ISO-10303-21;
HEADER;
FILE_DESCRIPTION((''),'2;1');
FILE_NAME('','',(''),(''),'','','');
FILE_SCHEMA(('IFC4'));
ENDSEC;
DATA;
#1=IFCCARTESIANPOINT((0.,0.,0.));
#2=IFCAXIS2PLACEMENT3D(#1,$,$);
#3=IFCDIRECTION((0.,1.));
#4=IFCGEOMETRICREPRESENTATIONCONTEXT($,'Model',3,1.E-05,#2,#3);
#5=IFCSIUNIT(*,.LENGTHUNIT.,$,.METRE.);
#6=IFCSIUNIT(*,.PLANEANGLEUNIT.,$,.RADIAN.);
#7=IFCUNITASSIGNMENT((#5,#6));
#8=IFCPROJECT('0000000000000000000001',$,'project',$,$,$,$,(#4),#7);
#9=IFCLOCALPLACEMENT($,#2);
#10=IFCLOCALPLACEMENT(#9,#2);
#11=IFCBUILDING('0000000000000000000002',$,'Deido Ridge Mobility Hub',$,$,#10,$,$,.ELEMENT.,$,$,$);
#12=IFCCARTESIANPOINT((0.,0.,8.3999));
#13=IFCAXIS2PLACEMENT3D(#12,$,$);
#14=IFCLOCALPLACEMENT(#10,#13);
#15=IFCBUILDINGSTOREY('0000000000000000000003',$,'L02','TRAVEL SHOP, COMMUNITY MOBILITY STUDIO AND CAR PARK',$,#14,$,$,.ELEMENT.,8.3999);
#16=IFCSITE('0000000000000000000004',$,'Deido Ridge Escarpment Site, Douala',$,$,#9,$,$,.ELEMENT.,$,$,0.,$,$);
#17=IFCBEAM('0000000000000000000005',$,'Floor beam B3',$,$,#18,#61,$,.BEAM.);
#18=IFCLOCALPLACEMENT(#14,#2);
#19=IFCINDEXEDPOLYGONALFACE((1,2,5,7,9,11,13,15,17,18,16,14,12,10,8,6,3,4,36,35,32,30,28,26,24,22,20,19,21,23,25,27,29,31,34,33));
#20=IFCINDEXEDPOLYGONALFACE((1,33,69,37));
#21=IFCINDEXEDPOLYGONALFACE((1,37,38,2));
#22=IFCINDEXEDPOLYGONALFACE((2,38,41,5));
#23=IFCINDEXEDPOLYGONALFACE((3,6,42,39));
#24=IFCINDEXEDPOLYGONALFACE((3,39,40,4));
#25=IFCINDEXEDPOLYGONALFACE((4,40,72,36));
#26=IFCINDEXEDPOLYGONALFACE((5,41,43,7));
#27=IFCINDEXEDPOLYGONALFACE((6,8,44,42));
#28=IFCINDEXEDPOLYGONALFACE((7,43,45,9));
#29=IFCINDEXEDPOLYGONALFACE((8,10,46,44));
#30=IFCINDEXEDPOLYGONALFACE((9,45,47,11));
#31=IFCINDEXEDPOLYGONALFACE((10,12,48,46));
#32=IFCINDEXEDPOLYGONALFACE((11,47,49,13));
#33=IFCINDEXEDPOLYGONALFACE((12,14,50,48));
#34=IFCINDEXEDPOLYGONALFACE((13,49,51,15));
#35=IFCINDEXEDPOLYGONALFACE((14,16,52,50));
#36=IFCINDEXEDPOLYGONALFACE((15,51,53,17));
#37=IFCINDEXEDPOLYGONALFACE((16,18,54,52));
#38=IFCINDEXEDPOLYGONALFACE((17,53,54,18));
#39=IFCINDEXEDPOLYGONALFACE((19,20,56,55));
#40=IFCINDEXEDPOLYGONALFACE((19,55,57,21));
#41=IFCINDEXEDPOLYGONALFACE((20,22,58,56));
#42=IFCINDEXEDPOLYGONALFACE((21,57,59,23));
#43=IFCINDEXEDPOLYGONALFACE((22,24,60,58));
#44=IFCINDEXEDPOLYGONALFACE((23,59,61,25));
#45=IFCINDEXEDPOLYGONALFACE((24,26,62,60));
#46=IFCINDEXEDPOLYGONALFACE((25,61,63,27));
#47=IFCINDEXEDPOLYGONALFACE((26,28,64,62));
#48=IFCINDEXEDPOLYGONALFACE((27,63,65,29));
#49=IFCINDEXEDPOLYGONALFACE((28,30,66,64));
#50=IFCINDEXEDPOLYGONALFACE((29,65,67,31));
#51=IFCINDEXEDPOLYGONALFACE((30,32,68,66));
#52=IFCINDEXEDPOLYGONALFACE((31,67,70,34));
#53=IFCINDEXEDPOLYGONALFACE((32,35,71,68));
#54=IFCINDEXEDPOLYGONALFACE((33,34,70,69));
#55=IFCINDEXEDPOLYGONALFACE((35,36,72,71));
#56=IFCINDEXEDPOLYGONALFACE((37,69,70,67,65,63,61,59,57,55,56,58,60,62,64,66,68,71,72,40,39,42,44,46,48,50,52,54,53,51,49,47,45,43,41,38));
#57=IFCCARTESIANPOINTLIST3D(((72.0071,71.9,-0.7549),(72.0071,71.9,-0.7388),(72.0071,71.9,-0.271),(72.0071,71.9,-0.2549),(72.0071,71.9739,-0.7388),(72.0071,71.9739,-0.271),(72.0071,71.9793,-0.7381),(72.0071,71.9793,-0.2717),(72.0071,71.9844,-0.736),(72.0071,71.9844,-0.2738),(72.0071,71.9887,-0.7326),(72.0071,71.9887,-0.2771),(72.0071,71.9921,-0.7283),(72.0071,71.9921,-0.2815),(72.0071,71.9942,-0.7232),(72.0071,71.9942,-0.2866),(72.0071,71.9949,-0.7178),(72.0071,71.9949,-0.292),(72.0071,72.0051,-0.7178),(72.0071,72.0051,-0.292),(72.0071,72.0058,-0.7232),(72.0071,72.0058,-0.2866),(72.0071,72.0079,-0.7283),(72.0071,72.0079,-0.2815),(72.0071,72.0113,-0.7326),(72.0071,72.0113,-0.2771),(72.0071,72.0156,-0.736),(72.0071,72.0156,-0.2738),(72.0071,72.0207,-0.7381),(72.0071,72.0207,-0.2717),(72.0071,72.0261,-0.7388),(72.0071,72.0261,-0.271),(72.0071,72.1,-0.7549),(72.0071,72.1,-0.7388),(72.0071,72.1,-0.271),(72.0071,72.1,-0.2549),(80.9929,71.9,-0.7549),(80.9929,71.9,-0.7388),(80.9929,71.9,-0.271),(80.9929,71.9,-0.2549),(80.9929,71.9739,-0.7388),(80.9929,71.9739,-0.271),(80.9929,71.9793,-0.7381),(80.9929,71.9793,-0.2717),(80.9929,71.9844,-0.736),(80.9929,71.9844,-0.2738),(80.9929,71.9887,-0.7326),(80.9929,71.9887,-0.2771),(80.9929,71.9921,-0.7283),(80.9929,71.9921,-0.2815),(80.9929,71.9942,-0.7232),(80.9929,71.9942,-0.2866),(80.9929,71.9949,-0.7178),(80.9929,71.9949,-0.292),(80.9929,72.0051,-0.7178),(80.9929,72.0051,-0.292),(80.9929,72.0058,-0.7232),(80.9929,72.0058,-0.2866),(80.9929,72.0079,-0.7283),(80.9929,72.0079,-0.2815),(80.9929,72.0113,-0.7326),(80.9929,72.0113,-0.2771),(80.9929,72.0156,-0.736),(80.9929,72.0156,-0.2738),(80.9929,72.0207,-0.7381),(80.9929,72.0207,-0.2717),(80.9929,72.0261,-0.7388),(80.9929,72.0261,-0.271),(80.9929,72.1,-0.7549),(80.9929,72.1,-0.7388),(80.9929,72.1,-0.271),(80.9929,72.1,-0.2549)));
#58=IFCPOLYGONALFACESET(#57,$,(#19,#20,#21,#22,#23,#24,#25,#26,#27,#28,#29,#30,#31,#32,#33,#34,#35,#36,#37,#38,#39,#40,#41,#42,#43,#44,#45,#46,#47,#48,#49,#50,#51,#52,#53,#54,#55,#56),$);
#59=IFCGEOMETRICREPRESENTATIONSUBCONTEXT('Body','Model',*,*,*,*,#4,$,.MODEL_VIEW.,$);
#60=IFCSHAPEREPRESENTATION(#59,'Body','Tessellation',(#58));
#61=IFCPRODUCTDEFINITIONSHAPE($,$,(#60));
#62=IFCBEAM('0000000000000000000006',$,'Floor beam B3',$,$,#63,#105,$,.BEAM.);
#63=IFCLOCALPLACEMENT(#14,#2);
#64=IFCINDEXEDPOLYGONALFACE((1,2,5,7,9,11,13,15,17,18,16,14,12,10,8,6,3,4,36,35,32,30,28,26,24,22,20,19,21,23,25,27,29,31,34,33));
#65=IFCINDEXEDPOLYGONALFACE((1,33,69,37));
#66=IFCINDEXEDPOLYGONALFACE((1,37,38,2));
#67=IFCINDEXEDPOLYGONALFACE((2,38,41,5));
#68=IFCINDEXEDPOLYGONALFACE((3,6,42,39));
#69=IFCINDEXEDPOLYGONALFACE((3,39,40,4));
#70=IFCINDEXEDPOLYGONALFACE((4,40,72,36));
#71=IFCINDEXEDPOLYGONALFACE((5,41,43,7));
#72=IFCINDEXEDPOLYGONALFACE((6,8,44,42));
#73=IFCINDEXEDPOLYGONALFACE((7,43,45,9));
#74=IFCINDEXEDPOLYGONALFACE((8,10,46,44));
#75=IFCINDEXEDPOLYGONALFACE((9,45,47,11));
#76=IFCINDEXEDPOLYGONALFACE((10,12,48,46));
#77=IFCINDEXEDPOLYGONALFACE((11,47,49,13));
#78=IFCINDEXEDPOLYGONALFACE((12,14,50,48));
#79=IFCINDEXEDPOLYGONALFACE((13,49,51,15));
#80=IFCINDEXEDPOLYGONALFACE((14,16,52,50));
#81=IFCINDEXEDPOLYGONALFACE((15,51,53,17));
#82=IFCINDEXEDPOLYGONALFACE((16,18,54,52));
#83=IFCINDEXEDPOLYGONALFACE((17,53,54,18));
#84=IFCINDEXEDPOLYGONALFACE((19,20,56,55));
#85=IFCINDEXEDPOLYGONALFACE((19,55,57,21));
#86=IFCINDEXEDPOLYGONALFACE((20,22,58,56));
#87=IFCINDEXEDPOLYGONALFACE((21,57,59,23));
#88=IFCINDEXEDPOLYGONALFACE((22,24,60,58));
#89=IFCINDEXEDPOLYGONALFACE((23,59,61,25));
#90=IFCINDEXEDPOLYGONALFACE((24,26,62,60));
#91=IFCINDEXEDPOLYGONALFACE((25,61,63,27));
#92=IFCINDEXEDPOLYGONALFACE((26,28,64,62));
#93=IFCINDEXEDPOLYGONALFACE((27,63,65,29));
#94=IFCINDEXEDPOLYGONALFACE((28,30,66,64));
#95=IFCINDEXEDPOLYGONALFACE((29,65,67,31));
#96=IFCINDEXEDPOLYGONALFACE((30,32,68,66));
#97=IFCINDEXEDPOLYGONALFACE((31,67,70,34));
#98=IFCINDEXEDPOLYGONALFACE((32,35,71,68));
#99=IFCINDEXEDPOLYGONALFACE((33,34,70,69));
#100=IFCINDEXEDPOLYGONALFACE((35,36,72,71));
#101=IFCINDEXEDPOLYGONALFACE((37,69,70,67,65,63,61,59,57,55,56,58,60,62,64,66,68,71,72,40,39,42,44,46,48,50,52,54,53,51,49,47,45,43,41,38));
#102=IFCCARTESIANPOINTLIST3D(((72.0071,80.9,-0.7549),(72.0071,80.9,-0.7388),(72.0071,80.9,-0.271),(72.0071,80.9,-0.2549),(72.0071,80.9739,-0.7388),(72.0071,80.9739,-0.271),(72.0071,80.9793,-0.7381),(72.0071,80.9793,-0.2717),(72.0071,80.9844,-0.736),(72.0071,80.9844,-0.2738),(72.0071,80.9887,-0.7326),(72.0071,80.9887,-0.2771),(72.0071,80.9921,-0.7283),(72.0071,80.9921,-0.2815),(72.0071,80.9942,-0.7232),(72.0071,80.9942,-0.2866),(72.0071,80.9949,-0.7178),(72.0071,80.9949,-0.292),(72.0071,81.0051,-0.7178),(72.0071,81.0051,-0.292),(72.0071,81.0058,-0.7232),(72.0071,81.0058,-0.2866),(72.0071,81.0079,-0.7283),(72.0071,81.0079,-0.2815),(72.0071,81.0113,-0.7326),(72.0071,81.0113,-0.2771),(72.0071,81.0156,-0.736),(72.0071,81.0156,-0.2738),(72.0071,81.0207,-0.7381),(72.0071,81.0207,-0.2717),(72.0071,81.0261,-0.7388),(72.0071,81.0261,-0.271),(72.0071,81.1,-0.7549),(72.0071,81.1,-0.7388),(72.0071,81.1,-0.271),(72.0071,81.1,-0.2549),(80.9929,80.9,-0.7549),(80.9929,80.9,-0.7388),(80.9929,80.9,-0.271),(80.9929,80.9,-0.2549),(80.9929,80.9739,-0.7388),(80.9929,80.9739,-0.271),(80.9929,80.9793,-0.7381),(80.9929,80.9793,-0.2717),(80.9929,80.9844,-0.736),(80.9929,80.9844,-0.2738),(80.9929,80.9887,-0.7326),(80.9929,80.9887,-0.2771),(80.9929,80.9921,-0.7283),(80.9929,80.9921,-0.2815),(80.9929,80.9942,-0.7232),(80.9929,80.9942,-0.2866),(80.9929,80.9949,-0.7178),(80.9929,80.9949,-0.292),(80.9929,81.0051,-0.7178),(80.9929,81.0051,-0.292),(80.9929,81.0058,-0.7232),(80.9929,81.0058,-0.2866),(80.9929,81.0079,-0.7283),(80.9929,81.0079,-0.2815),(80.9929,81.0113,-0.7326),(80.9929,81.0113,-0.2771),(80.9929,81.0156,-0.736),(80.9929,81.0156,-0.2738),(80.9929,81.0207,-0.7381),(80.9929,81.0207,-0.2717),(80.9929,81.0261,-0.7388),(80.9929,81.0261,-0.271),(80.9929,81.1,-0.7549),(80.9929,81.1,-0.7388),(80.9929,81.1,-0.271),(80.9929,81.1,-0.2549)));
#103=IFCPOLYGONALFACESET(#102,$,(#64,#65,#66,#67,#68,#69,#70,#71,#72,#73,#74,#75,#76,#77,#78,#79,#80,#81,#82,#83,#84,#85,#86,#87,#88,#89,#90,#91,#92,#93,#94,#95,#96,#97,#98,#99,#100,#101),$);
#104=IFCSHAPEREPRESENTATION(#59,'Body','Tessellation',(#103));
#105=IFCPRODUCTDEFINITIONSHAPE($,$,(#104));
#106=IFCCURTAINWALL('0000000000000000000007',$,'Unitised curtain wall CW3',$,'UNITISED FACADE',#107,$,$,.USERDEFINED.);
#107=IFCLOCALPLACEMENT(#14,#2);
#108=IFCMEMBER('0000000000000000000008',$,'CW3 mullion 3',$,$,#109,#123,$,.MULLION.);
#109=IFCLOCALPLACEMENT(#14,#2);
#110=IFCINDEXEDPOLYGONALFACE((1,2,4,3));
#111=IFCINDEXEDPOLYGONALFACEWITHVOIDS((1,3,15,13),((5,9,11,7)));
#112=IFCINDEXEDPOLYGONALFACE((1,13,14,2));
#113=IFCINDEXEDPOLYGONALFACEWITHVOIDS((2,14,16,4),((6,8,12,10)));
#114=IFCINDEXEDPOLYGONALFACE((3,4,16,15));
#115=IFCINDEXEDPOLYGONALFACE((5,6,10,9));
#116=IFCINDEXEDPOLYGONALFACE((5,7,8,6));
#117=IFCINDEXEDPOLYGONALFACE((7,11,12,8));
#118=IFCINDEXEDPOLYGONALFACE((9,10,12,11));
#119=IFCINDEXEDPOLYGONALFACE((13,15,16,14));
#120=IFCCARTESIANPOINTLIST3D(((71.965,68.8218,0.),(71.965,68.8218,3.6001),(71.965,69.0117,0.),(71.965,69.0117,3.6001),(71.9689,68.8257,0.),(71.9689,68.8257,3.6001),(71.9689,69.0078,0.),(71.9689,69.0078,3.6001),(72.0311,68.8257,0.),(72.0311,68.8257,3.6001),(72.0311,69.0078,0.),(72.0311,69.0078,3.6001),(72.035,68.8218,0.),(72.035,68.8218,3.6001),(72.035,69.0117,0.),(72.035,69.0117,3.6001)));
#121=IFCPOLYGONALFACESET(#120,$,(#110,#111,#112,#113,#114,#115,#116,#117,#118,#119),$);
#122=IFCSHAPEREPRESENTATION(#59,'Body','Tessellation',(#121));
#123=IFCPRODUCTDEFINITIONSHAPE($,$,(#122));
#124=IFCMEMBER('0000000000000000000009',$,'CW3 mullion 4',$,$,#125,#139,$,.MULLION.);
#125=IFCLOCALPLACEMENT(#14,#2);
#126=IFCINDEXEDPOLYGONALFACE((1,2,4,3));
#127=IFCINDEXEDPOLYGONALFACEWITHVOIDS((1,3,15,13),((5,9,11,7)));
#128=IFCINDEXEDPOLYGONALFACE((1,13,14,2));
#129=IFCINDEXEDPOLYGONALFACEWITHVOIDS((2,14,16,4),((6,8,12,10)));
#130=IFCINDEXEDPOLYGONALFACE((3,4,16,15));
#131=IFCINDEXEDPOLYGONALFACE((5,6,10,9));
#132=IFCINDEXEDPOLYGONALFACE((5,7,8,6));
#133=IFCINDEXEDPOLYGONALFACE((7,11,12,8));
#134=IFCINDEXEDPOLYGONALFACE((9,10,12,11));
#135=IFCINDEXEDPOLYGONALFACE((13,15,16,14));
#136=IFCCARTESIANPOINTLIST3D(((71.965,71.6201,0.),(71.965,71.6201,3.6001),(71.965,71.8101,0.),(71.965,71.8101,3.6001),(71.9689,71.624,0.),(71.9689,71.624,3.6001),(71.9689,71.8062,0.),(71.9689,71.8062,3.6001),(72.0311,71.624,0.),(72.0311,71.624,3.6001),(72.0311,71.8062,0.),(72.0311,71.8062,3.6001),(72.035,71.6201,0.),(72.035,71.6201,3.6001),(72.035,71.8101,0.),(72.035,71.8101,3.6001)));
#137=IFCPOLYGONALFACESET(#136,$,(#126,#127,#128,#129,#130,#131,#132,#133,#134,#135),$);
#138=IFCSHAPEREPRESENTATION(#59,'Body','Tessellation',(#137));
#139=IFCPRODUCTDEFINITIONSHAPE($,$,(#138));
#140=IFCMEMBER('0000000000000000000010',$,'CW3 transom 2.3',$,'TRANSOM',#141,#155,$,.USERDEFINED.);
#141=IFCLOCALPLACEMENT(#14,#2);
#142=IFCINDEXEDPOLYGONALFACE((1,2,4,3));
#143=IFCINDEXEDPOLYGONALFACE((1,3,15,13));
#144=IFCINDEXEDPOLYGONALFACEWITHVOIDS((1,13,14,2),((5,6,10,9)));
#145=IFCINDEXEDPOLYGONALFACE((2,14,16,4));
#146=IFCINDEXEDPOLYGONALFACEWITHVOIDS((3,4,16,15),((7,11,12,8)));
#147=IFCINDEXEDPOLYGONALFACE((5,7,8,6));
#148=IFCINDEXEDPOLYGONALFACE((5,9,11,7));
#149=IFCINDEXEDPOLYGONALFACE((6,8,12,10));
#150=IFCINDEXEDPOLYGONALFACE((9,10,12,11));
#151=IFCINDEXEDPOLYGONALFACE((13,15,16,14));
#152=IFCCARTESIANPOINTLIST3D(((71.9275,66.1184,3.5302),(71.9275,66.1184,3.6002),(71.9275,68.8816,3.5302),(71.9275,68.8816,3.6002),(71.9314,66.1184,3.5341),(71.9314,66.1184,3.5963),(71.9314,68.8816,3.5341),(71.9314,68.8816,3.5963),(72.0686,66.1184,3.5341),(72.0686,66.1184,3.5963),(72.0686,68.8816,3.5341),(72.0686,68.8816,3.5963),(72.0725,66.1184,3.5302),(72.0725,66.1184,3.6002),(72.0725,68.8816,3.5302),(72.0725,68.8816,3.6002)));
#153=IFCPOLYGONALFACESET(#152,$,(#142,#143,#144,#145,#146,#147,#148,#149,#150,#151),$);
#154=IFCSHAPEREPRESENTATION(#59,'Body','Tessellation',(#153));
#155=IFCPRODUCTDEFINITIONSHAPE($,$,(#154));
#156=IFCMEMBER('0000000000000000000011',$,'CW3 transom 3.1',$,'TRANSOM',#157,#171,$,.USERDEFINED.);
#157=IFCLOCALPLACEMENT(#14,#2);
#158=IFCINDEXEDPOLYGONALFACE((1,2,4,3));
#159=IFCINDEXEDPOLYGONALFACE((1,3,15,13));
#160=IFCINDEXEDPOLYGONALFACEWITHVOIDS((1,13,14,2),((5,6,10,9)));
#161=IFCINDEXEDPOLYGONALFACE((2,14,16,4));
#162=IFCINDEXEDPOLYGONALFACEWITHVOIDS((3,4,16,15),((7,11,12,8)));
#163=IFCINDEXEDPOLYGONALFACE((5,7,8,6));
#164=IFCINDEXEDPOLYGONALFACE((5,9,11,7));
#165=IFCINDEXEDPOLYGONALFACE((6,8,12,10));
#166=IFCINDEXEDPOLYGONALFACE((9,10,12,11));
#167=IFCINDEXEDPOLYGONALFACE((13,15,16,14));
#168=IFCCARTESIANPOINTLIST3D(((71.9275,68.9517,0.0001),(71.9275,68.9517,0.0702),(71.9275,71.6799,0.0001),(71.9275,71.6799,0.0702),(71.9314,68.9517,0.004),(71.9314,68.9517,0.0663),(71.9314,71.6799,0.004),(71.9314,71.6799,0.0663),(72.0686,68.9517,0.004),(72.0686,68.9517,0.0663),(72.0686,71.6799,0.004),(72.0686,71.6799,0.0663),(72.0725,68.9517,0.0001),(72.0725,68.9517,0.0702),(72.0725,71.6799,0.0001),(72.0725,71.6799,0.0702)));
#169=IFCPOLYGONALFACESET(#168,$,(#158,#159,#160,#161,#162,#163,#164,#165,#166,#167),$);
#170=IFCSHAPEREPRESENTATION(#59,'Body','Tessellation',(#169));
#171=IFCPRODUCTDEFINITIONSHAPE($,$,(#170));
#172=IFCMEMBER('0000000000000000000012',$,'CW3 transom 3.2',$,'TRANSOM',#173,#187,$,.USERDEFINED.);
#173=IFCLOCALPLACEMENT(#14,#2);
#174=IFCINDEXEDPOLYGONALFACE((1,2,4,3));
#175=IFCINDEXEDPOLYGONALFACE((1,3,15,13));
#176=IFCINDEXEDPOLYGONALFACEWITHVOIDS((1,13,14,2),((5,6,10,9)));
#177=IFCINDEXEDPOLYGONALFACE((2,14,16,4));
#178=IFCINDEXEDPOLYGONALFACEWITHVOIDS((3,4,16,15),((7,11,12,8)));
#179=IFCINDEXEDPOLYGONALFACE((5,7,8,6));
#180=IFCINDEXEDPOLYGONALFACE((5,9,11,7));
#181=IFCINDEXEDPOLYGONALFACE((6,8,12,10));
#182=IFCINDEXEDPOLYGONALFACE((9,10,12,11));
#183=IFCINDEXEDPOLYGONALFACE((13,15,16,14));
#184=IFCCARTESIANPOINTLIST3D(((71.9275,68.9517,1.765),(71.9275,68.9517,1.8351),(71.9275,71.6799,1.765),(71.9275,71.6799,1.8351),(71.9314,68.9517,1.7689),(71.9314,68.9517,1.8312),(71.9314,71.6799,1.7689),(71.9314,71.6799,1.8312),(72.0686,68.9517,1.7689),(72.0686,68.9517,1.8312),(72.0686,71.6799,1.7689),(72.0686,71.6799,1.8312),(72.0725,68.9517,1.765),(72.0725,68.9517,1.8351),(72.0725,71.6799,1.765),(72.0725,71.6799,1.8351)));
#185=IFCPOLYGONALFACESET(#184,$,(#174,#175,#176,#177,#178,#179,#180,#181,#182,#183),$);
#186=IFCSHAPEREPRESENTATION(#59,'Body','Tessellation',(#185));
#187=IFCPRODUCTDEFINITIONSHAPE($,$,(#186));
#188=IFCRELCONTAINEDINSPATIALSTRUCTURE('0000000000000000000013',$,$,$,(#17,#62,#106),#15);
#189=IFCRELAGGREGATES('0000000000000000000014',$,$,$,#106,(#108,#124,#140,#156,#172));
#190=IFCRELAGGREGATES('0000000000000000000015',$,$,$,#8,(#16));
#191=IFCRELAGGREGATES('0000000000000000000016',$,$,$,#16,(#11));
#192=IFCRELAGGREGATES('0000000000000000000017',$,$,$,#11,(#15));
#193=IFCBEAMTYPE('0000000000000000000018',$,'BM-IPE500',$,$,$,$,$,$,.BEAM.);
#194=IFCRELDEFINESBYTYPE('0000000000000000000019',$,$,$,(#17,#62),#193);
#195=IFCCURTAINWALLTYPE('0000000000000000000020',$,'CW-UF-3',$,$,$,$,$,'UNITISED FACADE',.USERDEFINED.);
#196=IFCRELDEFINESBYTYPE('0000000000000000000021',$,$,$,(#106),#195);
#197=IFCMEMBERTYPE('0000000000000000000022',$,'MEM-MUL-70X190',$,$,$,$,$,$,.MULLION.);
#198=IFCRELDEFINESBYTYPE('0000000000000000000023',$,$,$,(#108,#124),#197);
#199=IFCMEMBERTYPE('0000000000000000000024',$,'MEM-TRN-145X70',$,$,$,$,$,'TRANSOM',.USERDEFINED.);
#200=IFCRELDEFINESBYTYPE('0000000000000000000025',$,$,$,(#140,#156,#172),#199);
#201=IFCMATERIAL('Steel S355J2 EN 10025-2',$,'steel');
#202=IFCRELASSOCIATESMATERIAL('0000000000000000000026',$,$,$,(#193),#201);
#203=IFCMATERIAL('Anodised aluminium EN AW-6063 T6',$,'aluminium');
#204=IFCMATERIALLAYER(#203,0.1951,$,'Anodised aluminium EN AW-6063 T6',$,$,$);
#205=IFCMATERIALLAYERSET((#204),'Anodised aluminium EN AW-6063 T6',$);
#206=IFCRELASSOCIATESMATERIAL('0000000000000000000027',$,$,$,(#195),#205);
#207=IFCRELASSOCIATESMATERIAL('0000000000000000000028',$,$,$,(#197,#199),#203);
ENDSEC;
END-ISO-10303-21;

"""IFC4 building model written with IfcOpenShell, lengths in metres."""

from ifc_helpers import new_model, si_unit, direction, frame, origin, origin_2d, place, context, subcontext, project, spatial, hollow_rectangle, i_section, extrude, material, layer, layer_set, material_profile, profile_set, type_object, element, aggregate, save


model = new_model("IFC4")

# Units and contexts
model_context = context("Model", 3, precision=1e-05, world=origin(), true_north=direction((0.0, 1.0)))
body_context = subcontext(model_context, "Body", "Model", "MODEL_VIEW")
ifc_project = project(units=[si_unit("LENGTHUNIT", "METRE"), si_unit("PLANEANGLEUNIT", "RADIAN")], contexts=[model_context])

# Site, building, storey
site_placement = place(None, origin())
site = spatial("IfcSite", under=ifc_project, at=site_placement, Name="Deido Ridge Escarpment Site, Douala", CompositionType="ELEMENT", RefElevation=0.0)
building_placement = place(site_placement, origin())
building = spatial("IfcBuilding", under=site, at=building_placement, Name="Deido Ridge Mobility Hub", CompositionType="ELEMENT")
storey_placement = place(building_placement, frame((0.0, 0.0, 8.3999)))
storey = spatial("IfcBuildingStorey", under=building, at=storey_placement, Name="L02", Description="TRAVEL SHOP, COMMUNITY MOBILITY STUDIO AND CAR PARK", CompositionType="ELEMENT", Elevation=8.3999)

# Beams
ifc_material_1 = material(Name="Steel S355J2 EN 10025-2", Category="steel")
ifc_material_profile_1 = material_profile(ifc_material_1, i_section(OverallWidth=0.2, OverallDepth=0.5, WebThickness=0.0103, FlangeThickness=0.0161, FilletRadius=0.021, at=origin_2d()), Name="IPE 500")
ifc_profile_set_1 = profile_set([ifc_material_profile_1], Name="Steel S355J2 EN 10025-2")
beam_type = type_object("IfcBeamType", Name="BM-IPE500", PredefinedType="BEAM", material=ifc_profile_set_1)
for number, where, z_axis, x_axis, name in (
    (1, (72.0071, 72.0, -0.5049), (1.0, 0.0, 0.0), (0.0, 1.0, 0.0), "Floor beam B3"),
    (2, (72.0071, 81.0, -0.5049), (1.0, 0.0, 0.0), (0.0, 1.0, 0.0), "Floor beam B3"),
):
    element("IfcBeam", number, at=place(storey_placement, frame(where, z_axis=z_axis, x_axis=x_axis)), inside=storey, type_object=beam_type, Name=name, PredefinedType="BEAM", context=body_context, shape_type="SweptSolid", body=[
        extrude(i_section(OverallWidth=0.2, OverallDepth=0.5, WebThickness=0.0103, FlangeThickness=0.0161, FilletRadius=0.021, at=origin_2d()), origin(), (0.0, 0.0, 1.0), 8.9858),
    ])

# Curtain wall, members
ifc_material_2 = material(Name="Anodised aluminium EN AW-6063 T6", Category="aluminium")
ifc_layer_1 = layer(ifc_material_2, 0.1951, Name="Anodised aluminium EN AW-6063 T6")
ifc_layer_set_1 = layer_set([ifc_layer_1], Name="Anodised aluminium EN AW-6063 T6")
curtain_wall_type = type_object("IfcCurtainWallType", Name="CW-UF-3", ElementType="UNITISED FACADE", PredefinedType="USERDEFINED", material=ifc_layer_set_1)
curtain_wall_placement = place(storey_placement, origin())
curtain_wall = element("IfcCurtainWall", 3, at=curtain_wall_placement, inside=storey, type_object=curtain_wall_type, Name="Unitised curtain wall CW3", ObjectType="UNITISED FACADE", PredefinedType="USERDEFINED")
ifc_material_profile_2 = material_profile(ifc_material_2, hollow_rectangle(XDim=0.0701, YDim=0.1899, WallThickness=0.0039, at=origin_2d()), Name="RHS 70x190x4")
ifc_profile_set_2 = profile_set([ifc_material_profile_2], Name="Anodised aluminium EN AW-6063 T6")
member_type_1 = type_object("IfcMemberType", Name="MEM-MUL-70X190", PredefinedType="MULLION", material=ifc_profile_set_2)
member_1_placement = place(storey_placement, frame((72.0, 68.9167, 0.0), z_axis=(0.0, 0.0, 1.0), x_axis=(-1.0, 0.0, 0.0)))
member_1 = element("IfcMember", 4, at=member_1_placement, type_object=member_type_1, Name="CW3 mullion 3", PredefinedType="MULLION", context=body_context, shape_type="SweptSolid", body=[
    extrude(hollow_rectangle(XDim=0.0701, YDim=0.1899, WallThickness=0.0039, at=origin_2d()), origin(), (0.0, 0.0, 1.0), 3.6001),
])
member_2_placement = place(storey_placement, frame((72.0, 71.7151, 0.0), z_axis=(0.0, 0.0, 1.0), x_axis=(-1.0, 0.0, 0.0)))
member_2 = element("IfcMember", 5, at=member_2_placement, type_object=member_type_1, Name="CW3 mullion 4", PredefinedType="MULLION", context=body_context, shape_type="SweptSolid", body=[
    extrude(hollow_rectangle(XDim=0.0701, YDim=0.1899, WallThickness=0.0039, at=origin_2d()), origin(), (0.0, 0.0, 1.0), 3.6001),
])
ifc_material_profile_3 = material_profile(ifc_material_2, hollow_rectangle(XDim=0.145, YDim=0.0701, WallThickness=0.0039, at=origin_2d()), Name="RHS 145x70x4")
ifc_profile_set_3 = profile_set([ifc_material_profile_3], Name="Anodised aluminium EN AW-6063 T6")
member_type_2 = type_object("IfcMemberType", Name="MEM-TRN-145X70", ElementType="TRANSOM", PredefinedType="USERDEFINED", material=ifc_profile_set_3)
member_3_placement = place(storey_placement, frame((72.0, 66.1184, 3.5652), z_axis=(0.0, 1.0, 0.0), x_axis=(-1.0, 0.0, 0.0)))
member_3 = element("IfcMember", 6, at=member_3_placement, type_object=member_type_2, Name="CW3 transom 2.3", ObjectType="TRANSOM", PredefinedType="USERDEFINED", context=body_context, shape_type="SweptSolid", body=[
    extrude(hollow_rectangle(XDim=0.145, YDim=0.0701, WallThickness=0.0039, at=origin_2d()), origin(), (0.0, 0.0, 1.0), 2.7632),
])
member_4_placement = place(storey_placement, frame((72.0, 68.9517, 0.0352), z_axis=(0.0, 1.0, 0.0), x_axis=(-1.0, 0.0, 0.0)))
member_4 = element("IfcMember", 7, at=member_4_placement, type_object=member_type_2, Name="CW3 transom 3.1", ObjectType="TRANSOM", PredefinedType="USERDEFINED", context=body_context, shape_type="SweptSolid", body=[
    extrude(hollow_rectangle(XDim=0.145, YDim=0.0701, WallThickness=0.0039, at=origin_2d()), origin(), (0.0, 0.0, 1.0), 2.7283),
])
member_5_placement = place(storey_placement, frame((72.0, 68.9517, 1.8), z_axis=(0.0, 1.0, 0.0), x_axis=(-1.0, 0.0, 0.0)))
member_5 = element("IfcMember", 8, at=member_5_placement, type_object=member_type_2, Name="CW3 transom 3.2", ObjectType="TRANSOM", PredefinedType="USERDEFINED", context=body_context, shape_type="SweptSolid", body=[
    extrude(hollow_rectangle(XDim=0.145, YDim=0.0701, WallThickness=0.0039, at=origin_2d()), origin(), (0.0, 0.0, 1.0), 2.7283),
])
aggregate(curtain_wall, [member_1, member_2, member_3, member_4, member_5])

save(model, "model.ifc")
